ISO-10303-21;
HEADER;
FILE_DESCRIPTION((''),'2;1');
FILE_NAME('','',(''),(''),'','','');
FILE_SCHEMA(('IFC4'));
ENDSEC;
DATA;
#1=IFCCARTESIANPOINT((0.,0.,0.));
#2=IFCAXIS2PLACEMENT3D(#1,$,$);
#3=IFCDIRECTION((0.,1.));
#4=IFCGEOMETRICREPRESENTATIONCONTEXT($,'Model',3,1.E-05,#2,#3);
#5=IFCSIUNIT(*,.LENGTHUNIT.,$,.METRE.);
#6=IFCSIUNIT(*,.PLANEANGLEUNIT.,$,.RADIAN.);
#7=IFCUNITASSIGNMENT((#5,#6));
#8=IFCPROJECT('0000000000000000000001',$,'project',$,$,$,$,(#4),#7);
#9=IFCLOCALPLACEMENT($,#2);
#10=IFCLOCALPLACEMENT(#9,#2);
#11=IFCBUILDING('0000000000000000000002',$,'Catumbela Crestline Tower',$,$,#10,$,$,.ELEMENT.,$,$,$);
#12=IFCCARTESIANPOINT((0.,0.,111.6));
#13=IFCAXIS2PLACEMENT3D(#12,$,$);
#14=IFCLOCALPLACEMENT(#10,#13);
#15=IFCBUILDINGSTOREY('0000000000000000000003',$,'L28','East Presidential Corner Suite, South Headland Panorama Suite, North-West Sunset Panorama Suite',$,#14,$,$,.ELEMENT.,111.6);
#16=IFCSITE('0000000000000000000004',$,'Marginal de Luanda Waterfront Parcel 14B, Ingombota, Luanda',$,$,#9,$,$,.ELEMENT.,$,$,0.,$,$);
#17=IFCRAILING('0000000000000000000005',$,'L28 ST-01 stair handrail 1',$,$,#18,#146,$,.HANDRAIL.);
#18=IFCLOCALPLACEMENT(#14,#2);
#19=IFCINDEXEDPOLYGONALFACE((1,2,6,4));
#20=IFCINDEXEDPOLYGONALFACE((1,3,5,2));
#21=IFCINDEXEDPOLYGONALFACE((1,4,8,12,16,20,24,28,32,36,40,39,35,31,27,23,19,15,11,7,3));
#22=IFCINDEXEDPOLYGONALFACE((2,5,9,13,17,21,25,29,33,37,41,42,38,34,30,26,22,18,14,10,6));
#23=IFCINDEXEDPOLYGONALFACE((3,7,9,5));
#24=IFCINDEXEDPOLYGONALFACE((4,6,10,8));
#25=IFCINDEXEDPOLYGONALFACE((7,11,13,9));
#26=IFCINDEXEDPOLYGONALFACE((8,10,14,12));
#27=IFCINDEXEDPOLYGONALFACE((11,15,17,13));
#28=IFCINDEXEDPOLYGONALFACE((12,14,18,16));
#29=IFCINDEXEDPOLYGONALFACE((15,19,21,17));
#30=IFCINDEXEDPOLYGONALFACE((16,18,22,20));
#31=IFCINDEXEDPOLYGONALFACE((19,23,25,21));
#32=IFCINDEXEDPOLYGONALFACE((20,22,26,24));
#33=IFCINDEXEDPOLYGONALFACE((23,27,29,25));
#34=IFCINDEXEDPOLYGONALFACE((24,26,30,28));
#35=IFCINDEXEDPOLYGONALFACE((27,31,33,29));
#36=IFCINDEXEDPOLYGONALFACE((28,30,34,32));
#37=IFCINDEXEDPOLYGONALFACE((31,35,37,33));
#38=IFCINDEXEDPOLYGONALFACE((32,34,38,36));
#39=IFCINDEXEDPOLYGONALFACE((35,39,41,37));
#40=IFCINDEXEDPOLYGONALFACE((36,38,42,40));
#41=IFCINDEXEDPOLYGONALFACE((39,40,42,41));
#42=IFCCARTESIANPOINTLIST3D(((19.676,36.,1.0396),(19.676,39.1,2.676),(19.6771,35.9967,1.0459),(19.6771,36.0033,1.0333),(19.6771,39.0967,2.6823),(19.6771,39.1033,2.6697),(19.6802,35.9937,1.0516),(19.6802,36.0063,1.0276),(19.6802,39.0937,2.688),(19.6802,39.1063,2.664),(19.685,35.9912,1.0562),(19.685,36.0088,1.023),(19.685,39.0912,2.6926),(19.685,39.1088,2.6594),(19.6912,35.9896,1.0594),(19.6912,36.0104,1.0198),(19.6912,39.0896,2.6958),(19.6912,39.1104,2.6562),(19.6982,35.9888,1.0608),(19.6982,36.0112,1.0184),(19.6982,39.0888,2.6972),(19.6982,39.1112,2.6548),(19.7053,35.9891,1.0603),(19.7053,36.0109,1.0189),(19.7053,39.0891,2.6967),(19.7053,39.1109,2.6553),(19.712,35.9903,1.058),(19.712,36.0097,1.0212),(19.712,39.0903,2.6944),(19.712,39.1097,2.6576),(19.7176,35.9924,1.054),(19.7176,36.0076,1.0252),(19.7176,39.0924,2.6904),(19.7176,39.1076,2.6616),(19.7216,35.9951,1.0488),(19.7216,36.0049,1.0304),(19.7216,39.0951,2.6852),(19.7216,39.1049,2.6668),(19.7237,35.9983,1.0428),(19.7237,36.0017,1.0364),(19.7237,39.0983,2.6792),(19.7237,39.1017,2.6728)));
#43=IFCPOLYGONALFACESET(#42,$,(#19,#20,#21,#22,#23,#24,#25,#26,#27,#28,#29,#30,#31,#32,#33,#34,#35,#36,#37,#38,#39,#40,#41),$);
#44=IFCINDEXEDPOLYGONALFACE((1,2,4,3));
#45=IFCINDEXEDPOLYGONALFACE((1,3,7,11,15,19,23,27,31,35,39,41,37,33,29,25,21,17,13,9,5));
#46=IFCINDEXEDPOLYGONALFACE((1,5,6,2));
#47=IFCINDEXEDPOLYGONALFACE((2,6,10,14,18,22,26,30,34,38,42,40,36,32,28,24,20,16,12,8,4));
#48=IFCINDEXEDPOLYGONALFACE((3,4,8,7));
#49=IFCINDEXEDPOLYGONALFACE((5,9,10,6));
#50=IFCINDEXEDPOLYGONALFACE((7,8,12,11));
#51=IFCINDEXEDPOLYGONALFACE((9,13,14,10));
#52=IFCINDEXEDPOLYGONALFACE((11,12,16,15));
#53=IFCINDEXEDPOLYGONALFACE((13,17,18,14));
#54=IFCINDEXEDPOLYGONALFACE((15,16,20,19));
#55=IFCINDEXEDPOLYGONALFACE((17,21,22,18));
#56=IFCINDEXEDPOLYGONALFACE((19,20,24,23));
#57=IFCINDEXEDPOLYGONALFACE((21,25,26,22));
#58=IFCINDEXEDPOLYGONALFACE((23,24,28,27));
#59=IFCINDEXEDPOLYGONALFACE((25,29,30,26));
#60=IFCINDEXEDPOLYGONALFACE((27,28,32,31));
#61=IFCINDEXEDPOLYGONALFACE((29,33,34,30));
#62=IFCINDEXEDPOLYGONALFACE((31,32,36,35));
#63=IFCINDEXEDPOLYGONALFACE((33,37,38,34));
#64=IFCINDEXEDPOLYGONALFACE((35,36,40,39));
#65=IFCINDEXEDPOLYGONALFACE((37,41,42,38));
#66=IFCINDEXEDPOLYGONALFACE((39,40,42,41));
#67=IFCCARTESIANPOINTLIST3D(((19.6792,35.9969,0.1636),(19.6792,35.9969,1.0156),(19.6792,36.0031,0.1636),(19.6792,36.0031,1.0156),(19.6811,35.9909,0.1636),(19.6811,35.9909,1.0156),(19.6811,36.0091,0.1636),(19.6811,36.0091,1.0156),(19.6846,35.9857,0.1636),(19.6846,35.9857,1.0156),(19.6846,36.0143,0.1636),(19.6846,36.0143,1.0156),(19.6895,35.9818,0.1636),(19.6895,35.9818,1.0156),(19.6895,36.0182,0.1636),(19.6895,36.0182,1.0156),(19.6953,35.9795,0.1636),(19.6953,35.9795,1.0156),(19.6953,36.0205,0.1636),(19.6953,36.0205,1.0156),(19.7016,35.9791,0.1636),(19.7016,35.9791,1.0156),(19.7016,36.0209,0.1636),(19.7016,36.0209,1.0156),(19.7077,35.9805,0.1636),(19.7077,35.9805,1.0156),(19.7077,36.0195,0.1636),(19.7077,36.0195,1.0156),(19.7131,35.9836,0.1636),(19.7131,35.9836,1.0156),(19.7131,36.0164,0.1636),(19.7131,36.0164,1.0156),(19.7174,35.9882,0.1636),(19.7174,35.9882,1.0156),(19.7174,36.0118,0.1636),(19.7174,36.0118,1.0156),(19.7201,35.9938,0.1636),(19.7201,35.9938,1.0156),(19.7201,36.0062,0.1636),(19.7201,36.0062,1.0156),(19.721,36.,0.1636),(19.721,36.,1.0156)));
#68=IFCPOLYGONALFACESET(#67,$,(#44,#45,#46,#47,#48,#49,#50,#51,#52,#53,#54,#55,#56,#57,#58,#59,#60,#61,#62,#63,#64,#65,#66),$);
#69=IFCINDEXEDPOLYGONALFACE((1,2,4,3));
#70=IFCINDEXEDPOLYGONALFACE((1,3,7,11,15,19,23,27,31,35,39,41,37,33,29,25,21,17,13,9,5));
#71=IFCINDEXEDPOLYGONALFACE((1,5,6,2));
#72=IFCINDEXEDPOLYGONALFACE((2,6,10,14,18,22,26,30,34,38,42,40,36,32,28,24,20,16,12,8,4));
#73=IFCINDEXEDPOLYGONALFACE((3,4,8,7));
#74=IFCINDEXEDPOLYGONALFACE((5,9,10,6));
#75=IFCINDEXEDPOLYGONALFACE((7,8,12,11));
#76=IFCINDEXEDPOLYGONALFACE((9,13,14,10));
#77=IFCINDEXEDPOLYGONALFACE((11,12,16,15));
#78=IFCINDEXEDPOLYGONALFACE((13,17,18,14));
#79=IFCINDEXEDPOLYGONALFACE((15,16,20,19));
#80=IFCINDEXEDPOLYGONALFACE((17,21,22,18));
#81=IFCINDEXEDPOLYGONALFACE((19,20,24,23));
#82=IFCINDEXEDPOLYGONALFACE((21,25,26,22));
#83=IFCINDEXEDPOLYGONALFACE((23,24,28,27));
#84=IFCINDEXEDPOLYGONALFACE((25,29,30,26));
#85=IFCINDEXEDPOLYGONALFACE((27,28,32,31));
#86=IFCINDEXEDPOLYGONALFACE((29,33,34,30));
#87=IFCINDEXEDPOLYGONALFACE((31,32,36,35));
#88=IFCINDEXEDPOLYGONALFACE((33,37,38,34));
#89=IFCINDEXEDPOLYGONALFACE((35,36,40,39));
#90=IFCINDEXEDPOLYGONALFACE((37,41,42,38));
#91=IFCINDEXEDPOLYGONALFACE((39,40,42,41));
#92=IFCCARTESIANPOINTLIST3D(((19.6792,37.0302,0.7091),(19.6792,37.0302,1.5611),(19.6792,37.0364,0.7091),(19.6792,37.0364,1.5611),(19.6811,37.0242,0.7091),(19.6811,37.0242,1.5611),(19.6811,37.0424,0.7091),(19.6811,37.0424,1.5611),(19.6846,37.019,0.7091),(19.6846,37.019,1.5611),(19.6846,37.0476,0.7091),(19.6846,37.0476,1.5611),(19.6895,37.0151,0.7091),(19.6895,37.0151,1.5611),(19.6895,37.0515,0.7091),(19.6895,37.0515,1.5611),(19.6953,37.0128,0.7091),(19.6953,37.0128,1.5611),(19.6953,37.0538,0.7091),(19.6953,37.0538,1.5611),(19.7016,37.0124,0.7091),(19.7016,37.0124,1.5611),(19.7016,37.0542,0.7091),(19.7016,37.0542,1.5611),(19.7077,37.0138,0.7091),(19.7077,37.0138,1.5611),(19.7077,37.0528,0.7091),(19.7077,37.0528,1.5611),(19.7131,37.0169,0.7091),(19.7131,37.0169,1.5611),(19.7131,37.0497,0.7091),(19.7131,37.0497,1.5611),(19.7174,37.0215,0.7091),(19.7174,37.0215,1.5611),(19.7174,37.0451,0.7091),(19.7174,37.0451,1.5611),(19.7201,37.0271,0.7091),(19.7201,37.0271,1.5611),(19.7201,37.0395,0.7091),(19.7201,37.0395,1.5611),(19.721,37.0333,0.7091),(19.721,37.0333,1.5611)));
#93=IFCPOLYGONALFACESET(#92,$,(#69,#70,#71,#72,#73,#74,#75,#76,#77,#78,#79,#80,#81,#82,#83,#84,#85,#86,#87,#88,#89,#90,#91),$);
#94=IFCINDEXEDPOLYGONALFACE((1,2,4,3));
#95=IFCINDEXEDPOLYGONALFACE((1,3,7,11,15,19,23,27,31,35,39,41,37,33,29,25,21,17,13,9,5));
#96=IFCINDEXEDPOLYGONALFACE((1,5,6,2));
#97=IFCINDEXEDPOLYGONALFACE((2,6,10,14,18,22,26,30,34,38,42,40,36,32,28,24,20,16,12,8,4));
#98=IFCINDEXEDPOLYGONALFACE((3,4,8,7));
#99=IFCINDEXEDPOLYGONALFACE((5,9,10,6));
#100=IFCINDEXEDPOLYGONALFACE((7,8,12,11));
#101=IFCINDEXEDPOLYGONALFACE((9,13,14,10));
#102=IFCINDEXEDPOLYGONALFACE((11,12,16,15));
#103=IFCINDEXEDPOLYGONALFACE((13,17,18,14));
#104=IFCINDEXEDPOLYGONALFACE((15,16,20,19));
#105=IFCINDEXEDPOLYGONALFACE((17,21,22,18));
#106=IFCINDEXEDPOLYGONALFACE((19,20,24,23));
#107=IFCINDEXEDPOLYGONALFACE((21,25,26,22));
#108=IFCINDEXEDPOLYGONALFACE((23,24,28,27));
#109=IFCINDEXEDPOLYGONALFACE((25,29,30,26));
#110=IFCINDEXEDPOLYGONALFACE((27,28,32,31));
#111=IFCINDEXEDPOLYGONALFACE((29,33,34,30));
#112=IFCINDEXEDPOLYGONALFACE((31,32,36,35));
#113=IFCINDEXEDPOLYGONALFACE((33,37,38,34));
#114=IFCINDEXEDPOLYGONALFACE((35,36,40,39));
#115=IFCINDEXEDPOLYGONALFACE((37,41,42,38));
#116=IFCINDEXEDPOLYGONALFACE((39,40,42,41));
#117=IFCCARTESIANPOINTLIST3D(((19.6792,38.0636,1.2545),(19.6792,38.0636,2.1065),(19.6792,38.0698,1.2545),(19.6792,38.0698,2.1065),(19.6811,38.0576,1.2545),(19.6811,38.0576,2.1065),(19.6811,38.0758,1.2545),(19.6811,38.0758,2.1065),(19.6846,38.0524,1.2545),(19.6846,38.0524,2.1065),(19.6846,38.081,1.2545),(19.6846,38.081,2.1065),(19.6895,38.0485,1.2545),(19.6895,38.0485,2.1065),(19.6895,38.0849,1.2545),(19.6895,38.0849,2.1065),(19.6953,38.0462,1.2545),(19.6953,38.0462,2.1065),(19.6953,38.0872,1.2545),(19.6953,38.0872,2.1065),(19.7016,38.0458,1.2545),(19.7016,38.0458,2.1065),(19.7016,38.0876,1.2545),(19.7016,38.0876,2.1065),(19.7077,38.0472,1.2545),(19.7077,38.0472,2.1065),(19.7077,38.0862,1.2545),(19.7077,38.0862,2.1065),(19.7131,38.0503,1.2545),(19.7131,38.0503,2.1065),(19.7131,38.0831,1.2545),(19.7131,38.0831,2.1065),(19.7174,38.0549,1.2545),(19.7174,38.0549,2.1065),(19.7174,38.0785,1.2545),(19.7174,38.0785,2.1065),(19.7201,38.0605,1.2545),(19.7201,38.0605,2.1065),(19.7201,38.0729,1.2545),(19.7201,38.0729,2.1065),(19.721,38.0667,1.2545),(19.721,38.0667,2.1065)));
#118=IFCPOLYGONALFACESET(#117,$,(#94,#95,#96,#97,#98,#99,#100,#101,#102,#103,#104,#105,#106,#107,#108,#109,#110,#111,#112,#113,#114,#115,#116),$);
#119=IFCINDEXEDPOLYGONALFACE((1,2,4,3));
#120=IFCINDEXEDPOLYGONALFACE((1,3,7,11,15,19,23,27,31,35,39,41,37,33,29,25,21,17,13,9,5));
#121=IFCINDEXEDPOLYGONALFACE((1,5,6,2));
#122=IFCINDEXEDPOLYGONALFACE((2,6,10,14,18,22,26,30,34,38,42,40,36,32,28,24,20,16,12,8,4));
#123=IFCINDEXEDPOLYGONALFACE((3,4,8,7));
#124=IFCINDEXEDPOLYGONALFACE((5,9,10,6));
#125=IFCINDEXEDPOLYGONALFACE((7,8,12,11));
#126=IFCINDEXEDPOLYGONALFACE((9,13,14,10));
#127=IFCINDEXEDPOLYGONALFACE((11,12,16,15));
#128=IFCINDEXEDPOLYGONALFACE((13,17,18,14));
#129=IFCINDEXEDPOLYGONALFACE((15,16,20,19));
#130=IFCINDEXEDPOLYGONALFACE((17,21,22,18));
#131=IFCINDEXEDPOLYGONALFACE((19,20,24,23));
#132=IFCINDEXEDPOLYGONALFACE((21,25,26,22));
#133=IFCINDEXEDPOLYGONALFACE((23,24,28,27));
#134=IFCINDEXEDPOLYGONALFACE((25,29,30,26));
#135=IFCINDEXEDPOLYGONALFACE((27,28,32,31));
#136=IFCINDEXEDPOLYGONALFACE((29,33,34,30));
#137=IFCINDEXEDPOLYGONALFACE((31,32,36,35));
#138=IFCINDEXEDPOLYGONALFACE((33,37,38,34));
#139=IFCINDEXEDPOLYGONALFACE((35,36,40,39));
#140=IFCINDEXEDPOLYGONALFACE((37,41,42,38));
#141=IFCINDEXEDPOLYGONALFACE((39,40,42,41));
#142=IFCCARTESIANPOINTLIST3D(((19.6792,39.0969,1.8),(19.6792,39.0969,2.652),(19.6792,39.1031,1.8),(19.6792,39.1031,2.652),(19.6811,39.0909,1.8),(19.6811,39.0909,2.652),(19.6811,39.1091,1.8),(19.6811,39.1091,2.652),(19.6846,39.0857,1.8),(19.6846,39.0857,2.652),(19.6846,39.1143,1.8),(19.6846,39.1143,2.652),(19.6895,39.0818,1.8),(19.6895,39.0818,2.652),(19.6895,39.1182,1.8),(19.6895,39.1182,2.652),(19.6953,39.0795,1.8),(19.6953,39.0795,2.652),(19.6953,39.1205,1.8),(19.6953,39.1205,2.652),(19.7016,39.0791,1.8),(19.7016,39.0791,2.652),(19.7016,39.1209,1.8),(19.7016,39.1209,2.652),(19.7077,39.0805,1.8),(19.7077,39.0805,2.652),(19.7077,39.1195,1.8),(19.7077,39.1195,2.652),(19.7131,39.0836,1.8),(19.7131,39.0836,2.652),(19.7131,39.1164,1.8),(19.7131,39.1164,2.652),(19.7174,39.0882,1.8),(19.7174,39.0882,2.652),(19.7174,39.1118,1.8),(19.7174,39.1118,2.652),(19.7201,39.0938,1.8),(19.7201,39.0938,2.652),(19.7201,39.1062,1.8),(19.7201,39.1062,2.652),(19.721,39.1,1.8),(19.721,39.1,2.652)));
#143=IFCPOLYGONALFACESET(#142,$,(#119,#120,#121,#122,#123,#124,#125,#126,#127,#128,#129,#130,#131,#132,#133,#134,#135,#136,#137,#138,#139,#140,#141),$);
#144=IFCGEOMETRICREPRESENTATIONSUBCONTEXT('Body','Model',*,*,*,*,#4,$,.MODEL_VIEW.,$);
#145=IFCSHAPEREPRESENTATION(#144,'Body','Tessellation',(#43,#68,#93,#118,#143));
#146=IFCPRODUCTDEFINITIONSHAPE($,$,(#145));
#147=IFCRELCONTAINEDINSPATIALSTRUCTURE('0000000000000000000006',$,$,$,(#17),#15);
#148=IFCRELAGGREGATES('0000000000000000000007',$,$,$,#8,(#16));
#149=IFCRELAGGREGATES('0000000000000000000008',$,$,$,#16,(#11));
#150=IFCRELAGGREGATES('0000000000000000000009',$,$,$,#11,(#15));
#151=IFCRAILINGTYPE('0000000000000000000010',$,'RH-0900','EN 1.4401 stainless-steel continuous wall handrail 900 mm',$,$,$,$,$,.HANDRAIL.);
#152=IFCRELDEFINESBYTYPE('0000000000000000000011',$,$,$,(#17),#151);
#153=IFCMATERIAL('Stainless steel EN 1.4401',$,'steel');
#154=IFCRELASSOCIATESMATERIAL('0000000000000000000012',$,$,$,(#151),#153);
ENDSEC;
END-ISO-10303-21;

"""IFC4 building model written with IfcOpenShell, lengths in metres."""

from ifc_helpers import new_model, si_unit, direction, frame, origin, origin_2d, place, context, subcontext, project, spatial, circle, extrude, material, type_object, element, save


model = new_model("IFC4")

# Units and contexts
model_context = context("Model", 3, precision=1e-05, world=origin(), true_north=direction((0.0, 1.0)))
body_context = subcontext(model_context, "Body", "Model", "MODEL_VIEW")
ifc_project = project(units=[si_unit("LENGTHUNIT", "METRE"), si_unit("PLANEANGLEUNIT", "RADIAN")], contexts=[model_context])

# Site, building, storey
site_placement = place(None, origin())
site = spatial("IfcSite", under=ifc_project, at=site_placement, Name="Marginal de Luanda Waterfront Parcel 14B, Ingombota, Luanda", CompositionType="ELEMENT", RefElevation=0.0)
building_placement = place(site_placement, origin())
building = spatial("IfcBuilding", under=site, at=building_placement, Name="Catumbela Crestline Tower", CompositionType="ELEMENT")
storey_placement = place(building_placement, frame((0.0, 0.0, 111.6)))
storey = spatial("IfcBuildingStorey", under=building, at=storey_placement, Name="L28", Description="East Presidential Corner Suite, South Headland Panorama Suite, North-West Sunset Panorama Suite", CompositionType="ELEMENT", Elevation=111.6)

# Shared definitions
ifc_material_1 = material(Name="Stainless steel EN 1.4401", Category="steel")

# Railing
railing_type = type_object("IfcRailingType", Name="RH-0900", Description="EN 1.4401 stainless-steel continuous wall handrail 900 mm", PredefinedType="HANDRAIL", material=ifc_material_1)
railing_placement = place(storey_placement, frame((19.7, 36.0, 0.1636)))
element("IfcRailing", 1, at=railing_placement, inside=storey, type_object=railing_type, Name="L28 ST-01 stair handrail 1", PredefinedType="HANDRAIL", context=body_context, shape_type="SweptSolid", body=[
    extrude(circle(Radius=0.024, at=origin_2d()), frame((0.0, 0.0, 0.876), z_axis=(0.0, 0.884351, 0.466823), x_axis=(-1.0, 0.0, 0.0)), (0.0, 0.0, 1.0), 3.5054),
    extrude(circle(Radius=0.021, at=origin_2d()), origin(), (0.0, 0.0, 1.0), 0.852),
    extrude(circle(Radius=0.021, at=origin_2d()), frame((0.0, 1.0333, 0.5455)), (0.0, 0.0, 1.0), 0.852),
    extrude(circle(Radius=0.021, at=origin_2d()), frame((0.0, 2.0667, 1.0909)), (0.0, 0.0, 1.0), 0.852),
    extrude(circle(Radius=0.021, at=origin_2d()), frame((0.0, 3.1, 1.6364)), (0.0, 0.0, 1.0), 0.852),
])

save(model, "model.ifc")
